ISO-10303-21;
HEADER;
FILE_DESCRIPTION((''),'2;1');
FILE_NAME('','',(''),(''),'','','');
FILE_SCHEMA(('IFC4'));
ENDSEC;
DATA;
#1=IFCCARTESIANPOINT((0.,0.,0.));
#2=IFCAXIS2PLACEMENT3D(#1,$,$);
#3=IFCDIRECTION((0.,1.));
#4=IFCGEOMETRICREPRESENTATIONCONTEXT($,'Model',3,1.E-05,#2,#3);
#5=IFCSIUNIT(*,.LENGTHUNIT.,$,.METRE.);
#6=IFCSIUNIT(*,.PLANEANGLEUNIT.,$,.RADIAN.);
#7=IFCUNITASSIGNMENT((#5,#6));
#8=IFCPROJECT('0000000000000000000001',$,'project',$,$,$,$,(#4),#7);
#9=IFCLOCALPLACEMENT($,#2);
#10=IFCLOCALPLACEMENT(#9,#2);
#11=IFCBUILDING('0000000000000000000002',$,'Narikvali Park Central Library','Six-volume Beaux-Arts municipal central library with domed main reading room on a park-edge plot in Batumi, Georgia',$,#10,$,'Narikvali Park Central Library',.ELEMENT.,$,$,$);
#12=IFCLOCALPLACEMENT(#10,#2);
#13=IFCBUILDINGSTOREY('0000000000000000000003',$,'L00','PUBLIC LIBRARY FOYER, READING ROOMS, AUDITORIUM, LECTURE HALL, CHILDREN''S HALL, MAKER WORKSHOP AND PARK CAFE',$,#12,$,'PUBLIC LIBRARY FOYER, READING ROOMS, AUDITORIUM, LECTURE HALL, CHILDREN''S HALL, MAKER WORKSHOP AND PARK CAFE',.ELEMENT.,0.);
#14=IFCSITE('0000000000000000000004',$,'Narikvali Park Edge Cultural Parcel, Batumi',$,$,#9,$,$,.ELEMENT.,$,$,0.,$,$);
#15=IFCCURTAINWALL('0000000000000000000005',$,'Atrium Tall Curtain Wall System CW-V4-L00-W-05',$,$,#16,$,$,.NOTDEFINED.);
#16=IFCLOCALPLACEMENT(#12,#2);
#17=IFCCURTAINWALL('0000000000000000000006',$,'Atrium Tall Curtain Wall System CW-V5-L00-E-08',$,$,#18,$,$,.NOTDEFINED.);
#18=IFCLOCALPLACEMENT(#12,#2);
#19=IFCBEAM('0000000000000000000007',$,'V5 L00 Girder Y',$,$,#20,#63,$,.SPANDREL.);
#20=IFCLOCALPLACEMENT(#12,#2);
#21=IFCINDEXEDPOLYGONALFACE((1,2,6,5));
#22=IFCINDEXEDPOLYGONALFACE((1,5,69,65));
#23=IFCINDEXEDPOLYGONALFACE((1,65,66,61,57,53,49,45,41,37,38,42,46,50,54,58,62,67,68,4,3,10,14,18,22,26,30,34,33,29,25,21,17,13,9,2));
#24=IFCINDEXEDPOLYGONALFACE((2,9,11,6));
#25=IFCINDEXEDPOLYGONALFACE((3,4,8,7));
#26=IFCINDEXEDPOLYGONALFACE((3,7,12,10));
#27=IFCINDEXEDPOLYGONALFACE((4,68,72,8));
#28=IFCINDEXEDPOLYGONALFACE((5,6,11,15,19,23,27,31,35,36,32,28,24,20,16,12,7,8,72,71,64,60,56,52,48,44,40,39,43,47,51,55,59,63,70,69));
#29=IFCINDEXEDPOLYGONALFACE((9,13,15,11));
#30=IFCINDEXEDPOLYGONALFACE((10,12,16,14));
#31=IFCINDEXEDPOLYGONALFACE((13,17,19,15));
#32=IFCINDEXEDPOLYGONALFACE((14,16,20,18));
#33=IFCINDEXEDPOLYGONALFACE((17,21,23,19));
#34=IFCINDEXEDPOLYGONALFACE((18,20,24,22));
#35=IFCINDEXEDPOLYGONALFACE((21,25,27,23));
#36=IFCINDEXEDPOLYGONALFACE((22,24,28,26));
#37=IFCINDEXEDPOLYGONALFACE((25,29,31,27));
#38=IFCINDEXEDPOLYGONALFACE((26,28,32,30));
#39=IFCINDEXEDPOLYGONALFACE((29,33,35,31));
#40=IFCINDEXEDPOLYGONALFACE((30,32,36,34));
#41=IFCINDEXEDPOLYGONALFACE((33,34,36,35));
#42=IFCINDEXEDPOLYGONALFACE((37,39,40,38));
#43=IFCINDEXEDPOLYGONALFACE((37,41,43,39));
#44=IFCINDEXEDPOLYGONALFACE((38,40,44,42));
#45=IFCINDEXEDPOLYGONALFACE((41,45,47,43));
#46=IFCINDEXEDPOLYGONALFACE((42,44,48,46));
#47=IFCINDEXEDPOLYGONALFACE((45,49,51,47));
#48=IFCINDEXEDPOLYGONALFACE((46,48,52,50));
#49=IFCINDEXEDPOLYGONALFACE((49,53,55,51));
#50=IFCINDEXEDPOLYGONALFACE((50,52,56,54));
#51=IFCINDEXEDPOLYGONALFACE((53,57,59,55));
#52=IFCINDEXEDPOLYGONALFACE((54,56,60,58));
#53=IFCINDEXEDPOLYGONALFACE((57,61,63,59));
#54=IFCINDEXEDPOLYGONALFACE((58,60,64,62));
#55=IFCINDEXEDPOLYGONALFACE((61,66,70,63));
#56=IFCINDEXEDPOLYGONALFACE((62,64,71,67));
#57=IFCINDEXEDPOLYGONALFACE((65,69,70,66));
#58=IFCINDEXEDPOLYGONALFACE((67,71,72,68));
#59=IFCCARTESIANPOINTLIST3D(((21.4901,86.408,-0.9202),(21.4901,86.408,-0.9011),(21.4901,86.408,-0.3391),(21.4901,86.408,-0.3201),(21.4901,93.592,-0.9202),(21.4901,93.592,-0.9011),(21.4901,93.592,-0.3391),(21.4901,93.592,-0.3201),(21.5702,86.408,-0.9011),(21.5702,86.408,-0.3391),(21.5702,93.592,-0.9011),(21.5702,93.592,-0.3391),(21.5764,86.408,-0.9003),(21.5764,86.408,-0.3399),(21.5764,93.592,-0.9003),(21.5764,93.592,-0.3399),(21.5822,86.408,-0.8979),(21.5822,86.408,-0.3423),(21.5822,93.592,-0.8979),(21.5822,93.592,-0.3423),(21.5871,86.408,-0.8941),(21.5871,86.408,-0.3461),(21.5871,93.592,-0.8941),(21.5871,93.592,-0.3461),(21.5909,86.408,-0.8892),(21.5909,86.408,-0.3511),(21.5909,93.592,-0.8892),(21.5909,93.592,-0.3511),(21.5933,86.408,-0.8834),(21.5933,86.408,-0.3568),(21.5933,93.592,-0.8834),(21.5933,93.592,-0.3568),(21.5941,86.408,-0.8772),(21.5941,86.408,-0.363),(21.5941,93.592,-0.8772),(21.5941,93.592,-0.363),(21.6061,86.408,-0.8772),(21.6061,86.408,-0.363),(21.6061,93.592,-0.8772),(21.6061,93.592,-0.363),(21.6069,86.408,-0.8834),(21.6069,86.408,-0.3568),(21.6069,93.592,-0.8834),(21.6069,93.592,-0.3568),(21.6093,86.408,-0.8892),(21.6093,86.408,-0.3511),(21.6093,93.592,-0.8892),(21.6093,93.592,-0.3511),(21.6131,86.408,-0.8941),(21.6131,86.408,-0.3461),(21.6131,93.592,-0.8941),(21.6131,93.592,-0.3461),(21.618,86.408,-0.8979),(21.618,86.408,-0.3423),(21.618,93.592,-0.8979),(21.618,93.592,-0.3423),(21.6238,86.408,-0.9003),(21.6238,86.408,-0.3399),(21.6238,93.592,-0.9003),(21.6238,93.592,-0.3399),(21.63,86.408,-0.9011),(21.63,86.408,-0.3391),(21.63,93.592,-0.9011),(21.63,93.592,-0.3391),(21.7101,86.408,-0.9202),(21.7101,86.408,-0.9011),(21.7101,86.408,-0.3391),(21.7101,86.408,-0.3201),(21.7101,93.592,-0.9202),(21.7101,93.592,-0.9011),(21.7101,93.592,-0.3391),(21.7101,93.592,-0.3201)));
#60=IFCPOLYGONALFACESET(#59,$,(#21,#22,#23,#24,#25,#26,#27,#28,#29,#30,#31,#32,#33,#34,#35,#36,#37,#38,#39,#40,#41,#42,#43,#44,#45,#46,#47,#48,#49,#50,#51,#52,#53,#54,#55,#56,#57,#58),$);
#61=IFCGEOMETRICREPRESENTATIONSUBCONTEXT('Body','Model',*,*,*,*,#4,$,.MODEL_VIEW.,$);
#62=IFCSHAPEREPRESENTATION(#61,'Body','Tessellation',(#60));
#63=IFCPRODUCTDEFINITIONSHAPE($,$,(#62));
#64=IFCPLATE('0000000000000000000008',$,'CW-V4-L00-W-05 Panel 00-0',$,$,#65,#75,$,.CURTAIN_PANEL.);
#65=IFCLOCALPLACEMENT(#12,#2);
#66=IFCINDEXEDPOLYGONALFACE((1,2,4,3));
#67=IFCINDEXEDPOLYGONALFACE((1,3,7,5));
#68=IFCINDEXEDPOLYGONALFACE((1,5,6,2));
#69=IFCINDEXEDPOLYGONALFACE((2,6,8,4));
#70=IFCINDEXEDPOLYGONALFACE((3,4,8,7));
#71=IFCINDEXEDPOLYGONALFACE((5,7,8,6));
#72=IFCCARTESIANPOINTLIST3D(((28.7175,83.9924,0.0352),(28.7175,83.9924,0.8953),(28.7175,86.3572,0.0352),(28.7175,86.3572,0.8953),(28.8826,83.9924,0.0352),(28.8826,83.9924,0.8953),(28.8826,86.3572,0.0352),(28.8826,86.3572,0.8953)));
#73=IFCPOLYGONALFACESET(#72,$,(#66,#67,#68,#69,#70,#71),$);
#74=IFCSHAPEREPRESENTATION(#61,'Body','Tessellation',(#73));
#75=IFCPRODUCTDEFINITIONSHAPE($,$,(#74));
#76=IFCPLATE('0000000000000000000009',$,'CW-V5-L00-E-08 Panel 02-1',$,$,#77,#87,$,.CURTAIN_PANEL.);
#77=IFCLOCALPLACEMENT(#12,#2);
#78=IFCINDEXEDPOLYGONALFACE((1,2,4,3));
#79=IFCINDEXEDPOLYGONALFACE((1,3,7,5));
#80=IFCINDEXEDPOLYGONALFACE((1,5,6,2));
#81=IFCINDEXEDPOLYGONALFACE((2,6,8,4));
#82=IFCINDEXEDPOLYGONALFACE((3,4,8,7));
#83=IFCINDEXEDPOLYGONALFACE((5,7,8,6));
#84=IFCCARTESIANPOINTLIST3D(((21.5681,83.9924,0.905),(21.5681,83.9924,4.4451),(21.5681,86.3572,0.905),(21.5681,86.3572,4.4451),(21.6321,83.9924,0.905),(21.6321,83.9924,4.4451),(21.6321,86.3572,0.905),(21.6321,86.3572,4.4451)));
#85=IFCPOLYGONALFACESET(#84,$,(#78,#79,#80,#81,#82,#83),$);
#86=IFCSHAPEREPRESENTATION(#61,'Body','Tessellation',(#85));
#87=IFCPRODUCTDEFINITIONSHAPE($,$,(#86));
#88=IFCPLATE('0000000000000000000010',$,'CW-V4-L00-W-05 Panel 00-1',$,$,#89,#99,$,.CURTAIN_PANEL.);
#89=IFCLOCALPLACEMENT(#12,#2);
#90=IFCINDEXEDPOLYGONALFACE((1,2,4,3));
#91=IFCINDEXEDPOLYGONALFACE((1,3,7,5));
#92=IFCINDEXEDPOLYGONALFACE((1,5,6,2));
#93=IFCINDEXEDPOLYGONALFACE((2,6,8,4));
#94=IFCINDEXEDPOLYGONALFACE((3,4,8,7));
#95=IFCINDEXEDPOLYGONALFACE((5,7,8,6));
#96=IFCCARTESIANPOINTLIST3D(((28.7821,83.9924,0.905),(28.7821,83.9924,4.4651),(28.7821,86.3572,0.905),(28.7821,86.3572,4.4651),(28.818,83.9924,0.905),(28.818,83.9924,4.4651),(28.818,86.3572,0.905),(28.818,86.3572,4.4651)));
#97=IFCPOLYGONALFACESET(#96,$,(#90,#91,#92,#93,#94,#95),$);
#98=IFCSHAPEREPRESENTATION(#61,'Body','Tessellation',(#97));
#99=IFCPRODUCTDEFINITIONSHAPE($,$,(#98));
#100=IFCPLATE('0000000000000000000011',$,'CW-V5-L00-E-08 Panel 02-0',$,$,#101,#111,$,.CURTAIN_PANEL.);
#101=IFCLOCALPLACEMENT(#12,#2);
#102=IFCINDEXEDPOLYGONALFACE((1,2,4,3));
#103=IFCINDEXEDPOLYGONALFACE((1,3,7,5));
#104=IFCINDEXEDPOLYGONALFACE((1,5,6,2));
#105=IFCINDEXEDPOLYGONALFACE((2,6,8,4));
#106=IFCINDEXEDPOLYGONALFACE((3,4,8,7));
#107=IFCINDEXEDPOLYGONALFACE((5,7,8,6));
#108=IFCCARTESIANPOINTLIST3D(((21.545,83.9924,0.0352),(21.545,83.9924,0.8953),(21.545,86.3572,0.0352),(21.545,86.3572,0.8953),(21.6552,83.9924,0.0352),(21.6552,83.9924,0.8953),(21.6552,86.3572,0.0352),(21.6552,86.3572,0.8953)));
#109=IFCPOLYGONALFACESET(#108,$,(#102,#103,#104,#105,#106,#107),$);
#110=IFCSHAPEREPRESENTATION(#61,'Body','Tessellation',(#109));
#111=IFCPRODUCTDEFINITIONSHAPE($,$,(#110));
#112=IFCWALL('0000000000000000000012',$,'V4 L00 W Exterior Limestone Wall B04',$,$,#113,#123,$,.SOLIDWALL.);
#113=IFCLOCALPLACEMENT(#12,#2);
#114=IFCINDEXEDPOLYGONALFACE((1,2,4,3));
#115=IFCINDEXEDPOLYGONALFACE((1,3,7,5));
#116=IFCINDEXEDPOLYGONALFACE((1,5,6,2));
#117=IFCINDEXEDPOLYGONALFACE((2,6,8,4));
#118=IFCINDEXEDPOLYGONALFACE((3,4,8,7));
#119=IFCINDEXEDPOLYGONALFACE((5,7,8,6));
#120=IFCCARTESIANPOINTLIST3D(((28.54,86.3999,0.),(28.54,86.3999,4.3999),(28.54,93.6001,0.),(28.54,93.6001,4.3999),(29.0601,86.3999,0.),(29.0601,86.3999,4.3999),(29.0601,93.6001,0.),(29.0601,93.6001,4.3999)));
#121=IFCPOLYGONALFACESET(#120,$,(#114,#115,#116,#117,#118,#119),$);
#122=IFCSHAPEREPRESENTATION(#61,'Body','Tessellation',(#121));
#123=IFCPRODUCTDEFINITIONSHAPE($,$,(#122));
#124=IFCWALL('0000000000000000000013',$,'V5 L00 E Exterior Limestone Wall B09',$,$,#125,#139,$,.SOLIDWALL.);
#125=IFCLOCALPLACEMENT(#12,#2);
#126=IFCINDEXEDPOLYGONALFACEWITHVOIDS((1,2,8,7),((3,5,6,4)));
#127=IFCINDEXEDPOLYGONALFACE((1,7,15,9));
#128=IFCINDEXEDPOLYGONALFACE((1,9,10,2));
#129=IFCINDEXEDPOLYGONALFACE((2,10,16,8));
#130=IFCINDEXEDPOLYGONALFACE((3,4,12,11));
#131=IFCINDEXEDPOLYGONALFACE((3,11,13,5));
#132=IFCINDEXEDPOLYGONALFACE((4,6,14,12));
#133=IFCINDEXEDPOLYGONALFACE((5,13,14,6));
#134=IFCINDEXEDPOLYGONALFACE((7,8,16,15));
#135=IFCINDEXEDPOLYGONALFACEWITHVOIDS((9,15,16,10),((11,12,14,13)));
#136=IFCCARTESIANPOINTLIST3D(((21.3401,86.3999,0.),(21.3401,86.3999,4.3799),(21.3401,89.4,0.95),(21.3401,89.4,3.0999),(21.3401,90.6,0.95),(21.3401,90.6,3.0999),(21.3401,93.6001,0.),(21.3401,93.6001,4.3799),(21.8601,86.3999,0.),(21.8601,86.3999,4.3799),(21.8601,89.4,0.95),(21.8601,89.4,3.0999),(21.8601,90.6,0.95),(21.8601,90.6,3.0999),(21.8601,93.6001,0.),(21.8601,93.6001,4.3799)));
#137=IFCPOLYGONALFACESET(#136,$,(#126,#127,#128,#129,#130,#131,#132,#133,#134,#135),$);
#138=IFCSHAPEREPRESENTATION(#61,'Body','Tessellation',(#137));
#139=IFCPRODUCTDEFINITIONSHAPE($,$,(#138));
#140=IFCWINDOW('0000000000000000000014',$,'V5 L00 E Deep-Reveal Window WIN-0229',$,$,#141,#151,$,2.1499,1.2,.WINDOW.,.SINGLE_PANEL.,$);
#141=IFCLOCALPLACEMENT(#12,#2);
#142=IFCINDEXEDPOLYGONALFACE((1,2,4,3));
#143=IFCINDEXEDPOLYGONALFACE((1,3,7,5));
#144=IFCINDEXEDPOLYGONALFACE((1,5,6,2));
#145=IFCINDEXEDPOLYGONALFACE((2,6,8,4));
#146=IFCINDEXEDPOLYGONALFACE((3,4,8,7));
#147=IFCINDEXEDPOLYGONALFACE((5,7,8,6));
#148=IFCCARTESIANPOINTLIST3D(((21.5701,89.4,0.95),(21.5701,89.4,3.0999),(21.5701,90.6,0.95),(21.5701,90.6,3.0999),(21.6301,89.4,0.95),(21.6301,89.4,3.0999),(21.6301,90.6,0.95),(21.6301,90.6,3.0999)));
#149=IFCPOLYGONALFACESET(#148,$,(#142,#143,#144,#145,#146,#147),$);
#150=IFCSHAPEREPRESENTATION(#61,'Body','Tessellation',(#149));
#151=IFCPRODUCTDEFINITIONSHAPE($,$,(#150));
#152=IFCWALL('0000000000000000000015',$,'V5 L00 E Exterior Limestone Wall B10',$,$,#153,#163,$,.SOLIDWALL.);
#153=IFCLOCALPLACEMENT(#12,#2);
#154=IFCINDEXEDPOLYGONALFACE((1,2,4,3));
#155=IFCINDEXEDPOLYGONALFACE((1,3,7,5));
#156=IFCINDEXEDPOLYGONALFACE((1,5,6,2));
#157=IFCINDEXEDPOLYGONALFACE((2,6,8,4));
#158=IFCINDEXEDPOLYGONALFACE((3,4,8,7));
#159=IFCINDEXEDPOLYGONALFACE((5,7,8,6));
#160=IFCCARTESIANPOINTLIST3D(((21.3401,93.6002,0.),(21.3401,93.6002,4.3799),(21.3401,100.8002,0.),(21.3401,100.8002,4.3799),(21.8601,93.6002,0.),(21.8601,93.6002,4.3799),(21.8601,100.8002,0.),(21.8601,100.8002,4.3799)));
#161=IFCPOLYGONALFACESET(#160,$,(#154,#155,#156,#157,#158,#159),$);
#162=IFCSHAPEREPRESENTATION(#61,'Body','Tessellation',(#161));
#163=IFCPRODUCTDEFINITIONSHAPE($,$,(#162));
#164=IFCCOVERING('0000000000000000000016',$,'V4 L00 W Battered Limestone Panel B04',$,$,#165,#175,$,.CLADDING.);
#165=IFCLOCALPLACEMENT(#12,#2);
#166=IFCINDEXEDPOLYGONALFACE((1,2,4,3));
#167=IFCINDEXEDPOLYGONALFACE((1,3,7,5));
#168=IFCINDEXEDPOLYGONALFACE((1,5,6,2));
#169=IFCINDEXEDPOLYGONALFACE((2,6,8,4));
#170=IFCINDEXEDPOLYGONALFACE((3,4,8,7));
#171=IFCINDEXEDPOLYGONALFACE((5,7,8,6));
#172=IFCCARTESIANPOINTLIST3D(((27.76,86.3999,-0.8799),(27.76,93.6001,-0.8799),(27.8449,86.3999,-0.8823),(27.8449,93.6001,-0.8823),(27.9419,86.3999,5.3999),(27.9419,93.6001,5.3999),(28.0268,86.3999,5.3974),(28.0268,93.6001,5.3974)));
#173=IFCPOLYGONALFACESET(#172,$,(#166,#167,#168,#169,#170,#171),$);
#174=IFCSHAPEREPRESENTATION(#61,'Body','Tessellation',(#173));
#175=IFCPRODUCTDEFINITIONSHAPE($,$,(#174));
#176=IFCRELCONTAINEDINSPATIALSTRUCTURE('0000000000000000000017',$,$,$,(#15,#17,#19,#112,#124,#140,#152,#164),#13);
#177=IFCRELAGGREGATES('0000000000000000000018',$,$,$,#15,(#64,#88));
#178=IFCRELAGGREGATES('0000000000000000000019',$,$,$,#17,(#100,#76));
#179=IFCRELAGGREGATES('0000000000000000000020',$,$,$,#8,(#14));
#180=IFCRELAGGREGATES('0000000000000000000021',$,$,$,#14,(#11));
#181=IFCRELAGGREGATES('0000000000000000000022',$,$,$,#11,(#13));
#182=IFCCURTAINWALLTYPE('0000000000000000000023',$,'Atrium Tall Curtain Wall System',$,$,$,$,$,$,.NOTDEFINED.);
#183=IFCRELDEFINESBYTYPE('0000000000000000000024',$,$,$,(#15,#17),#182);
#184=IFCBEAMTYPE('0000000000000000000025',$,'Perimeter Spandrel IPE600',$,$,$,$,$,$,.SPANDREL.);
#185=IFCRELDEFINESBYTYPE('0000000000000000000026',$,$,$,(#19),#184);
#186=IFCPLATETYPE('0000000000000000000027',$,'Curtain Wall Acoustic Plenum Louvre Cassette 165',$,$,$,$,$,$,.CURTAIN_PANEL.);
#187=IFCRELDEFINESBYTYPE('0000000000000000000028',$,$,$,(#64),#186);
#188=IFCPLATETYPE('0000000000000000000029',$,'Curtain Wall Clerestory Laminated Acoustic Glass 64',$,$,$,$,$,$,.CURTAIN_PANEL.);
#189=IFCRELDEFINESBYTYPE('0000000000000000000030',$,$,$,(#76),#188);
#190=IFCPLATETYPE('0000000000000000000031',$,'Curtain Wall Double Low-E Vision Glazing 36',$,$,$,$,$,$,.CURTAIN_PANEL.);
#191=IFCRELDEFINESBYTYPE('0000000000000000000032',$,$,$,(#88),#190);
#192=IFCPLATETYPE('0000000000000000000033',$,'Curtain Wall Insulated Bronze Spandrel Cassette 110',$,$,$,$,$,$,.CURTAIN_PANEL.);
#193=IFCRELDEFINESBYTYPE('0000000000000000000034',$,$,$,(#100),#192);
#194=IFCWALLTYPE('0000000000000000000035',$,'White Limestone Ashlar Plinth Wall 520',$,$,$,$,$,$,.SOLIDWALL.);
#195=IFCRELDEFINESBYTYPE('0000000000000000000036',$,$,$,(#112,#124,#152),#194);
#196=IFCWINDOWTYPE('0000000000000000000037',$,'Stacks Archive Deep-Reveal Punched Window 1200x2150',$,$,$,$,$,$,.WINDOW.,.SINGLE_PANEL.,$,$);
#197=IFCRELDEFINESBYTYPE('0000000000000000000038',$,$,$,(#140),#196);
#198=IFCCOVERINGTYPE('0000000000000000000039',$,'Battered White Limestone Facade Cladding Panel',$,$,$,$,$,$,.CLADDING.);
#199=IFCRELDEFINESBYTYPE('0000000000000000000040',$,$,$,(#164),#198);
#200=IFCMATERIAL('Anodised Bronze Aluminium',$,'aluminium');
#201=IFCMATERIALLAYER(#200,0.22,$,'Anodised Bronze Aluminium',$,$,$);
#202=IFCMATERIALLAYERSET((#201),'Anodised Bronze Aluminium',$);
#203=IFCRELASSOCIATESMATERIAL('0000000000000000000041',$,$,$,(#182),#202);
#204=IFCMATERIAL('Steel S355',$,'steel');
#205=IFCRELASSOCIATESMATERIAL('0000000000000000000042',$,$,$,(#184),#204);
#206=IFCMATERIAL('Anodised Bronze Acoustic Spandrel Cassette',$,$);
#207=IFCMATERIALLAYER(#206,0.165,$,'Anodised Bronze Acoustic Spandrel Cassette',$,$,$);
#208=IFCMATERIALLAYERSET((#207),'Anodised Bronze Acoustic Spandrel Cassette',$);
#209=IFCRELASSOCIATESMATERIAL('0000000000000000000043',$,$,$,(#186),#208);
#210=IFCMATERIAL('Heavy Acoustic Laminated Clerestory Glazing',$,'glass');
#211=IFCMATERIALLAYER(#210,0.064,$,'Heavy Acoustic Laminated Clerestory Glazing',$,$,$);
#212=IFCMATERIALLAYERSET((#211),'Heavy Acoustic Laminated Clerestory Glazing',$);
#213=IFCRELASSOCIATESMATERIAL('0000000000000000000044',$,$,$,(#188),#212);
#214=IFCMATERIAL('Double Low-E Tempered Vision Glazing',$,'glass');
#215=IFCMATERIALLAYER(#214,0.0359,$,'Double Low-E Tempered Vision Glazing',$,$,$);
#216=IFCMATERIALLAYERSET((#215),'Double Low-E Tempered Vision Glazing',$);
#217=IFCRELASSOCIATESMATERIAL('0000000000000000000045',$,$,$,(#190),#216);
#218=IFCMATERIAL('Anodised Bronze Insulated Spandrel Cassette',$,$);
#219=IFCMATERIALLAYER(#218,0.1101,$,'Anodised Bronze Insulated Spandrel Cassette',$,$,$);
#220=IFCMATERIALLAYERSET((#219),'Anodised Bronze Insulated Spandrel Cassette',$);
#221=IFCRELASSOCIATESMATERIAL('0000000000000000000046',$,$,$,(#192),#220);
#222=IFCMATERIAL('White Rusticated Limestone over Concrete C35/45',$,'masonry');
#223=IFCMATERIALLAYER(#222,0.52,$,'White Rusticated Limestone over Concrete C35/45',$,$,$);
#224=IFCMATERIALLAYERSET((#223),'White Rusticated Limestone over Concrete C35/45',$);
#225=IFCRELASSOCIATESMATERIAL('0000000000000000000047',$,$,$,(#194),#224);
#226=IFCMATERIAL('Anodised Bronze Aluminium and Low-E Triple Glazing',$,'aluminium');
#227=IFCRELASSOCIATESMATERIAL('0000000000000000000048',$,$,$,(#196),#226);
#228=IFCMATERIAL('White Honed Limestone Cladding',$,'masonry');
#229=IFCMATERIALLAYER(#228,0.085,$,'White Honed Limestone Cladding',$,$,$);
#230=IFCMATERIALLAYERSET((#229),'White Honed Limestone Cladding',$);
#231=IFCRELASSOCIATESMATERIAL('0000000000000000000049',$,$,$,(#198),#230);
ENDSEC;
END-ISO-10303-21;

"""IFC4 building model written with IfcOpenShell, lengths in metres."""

from ifc_helpers import new_model, si_unit, direction, frame, frame_2d, origin, origin_2d, place, context, subcontext, project, spatial, polyline, rectangle, i_section, outline, extrude, material, layer, layer_set, material_profile, profile_set, type_object, element, fill, aggregate, save


model = new_model("IFC4")

# Units and contexts
model_context = context("Model", 3, precision=1e-05, world=origin(), true_north=direction((0.0, 1.0)))
body_context = subcontext(model_context, "Body", "Model", "MODEL_VIEW")
ifc_project = project(units=[si_unit("LENGTHUNIT", "METRE"), si_unit("PLANEANGLEUNIT", "RADIAN")], contexts=[model_context])

# Site, building, storey
site_placement = place(None, origin())
site = spatial("IfcSite", under=ifc_project, at=site_placement, Name="Narikvali Park Edge Cultural Parcel, Batumi", CompositionType="ELEMENT", RefElevation=0.0)
building_placement = place(site_placement, origin())
building = spatial("IfcBuilding", under=site, at=building_placement, Name="Narikvali Park Central Library", Description="Six-volume Beaux-Arts municipal central library with domed main reading room on a park-edge plot in Batumi, Georgia", LongName="Narikvali Park Central Library", CompositionType="ELEMENT")
storey_placement = place(building_placement, origin())
storey = spatial("IfcBuildingStorey", under=building, at=storey_placement, Name="L00", Description="PUBLIC LIBRARY FOYER, READING ROOMS, AUDITORIUM, LECTURE HALL, CHILDREN'S HALL, MAKER WORKSHOP AND PARK CAFE", LongName="PUBLIC LIBRARY FOYER, READING ROOMS, AUDITORIUM, LECTURE HALL, CHILDREN'S HALL, MAKER WORKSHOP AND PARK CAFE", CompositionType="ELEMENT", Elevation=0.0)

# Shared definitions
ifc_material_1 = material(Name="Steel S355", Category="steel")

# Curtain walls
ifc_material_2 = material(Name="Anodised Bronze Aluminium", Category="aluminium")
ifc_layer_1 = layer(ifc_material_2, 0.22, Name="Anodised Bronze Aluminium")
ifc_layer_set_1 = layer_set([ifc_layer_1], Name="Anodised Bronze Aluminium")
curtain_wall_type = type_object("IfcCurtainWallType", Name="Atrium Tall Curtain Wall System", PredefinedType="NOTDEFINED", material=ifc_layer_set_1)
curtain_wall_1_placement = place(storey_placement, origin())
curtain_wall_1 = element("IfcCurtainWall", 1, at=curtain_wall_1_placement, inside=storey, type_object=curtain_wall_type, Name="Atrium Tall Curtain Wall System CW-V4-L00-W-05", PredefinedType="NOTDEFINED")
curtain_wall_2_placement = place(storey_placement, origin())
curtain_wall_2 = element("IfcCurtainWall", 2, at=curtain_wall_2_placement, inside=storey, type_object=curtain_wall_type, Name="Atrium Tall Curtain Wall System CW-V5-L00-E-08", PredefinedType="NOTDEFINED")

# Beam
ifc_material_profile_1 = material_profile(ifc_material_1, i_section(OverallWidth=0.22, OverallDepth=0.6001, WebThickness=0.012, FlangeThickness=0.019, FilletRadius=0.0239, at=origin_2d()), Name="IPE 600")
ifc_profile_set_1 = profile_set([ifc_material_profile_1], Name="Steel S355")
beam_type_1 = type_object("IfcBeamType", Name="Perimeter Spandrel IPE600", PredefinedType="SPANDREL", material=ifc_profile_set_1)
beam_1_placement = place(storey_placement, frame((21.6001, 86.408, -0.6201), z_axis=(0.0, 1.0, 0.0), x_axis=(-1.0, 0.0, 0.0)))
element("IfcBeam", 3, at=beam_1_placement, inside=storey, type_object=beam_type_1, Name="V5 L00 Girder Y", PredefinedType="SPANDREL", context=body_context, shape_type="SweptSolid", body=[
    extrude(i_section(OverallWidth=0.22, OverallDepth=0.6001, WebThickness=0.012, FlangeThickness=0.019, FilletRadius=0.0239, at=origin_2d()), origin(), (0.0, 0.0, 1.0), 7.1841),
])

# Plates
ifc_material_3 = material(Name="Anodised Bronze Acoustic Spandrel Cassette")
ifc_layer_2 = layer(ifc_material_3, 0.165, Name="Anodised Bronze Acoustic Spandrel Cassette")
ifc_layer_set_2 = layer_set([ifc_layer_2], Name="Anodised Bronze Acoustic Spandrel Cassette")
plate_type_1 = type_object("IfcPlateType", Name="Curtain Wall Acoustic Plenum Louvre Cassette 165", PredefinedType="CURTAIN_PANEL", material=ifc_layer_set_2)
plate_1_placement = place(storey_placement, frame((28.8, 85.1748, 0.0352), z_axis=(0.0, 0.0, 1.0), x_axis=(0.0, -1.0, 0.0)))
plate_1 = element("IfcPlate", 4, at=plate_1_placement, type_object=plate_type_1, Name="CW-V4-L00-W-05 Panel 00-0", PredefinedType="CURTAIN_PANEL", context=body_context, shape_type="SweptSolid", body=[
    extrude(rectangle(XDim=2.3647, YDim=0.165, at=origin_2d()), origin(), (0.0, 0.0, 1.0), 0.8601),
])
ifc_material_4 = material(Name="Heavy Acoustic Laminated Clerestory Glazing", Category="glass")
ifc_layer_3 = layer(ifc_material_4, 0.064, Name="Heavy Acoustic Laminated Clerestory Glazing")
ifc_layer_set_3 = layer_set([ifc_layer_3], Name="Heavy Acoustic Laminated Clerestory Glazing")
plate_type_2 = type_object("IfcPlateType", Name="Curtain Wall Clerestory Laminated Acoustic Glass 64", PredefinedType="CURTAIN_PANEL", material=ifc_layer_set_3)
plate_2_placement = place(storey_placement, frame((21.6001, 85.1748, 0.905), z_axis=(0.0, 0.0, 1.0), x_axis=(0.0, 1.0, 0.0)))
plate_2 = element("IfcPlate", 5, at=plate_2_placement, type_object=plate_type_2, Name="CW-V5-L00-E-08 Panel 02-1", PredefinedType="CURTAIN_PANEL", context=body_context, shape_type="SweptSolid", body=[
    extrude(rectangle(XDim=2.3647, YDim=0.064, at=origin_2d()), origin(), (0.0, 0.0, 1.0), 3.54),
])
ifc_material_5 = material(Name="Double Low-E Tempered Vision Glazing", Category="glass")
ifc_layer_4 = layer(ifc_material_5, 0.0359, Name="Double Low-E Tempered Vision Glazing")
ifc_layer_set_4 = layer_set([ifc_layer_4], Name="Double Low-E Tempered Vision Glazing")
plate_type_3 = type_object("IfcPlateType", Name="Curtain Wall Double Low-E Vision Glazing 36", PredefinedType="CURTAIN_PANEL", material=ifc_layer_set_4)
plate_3_placement = place(storey_placement, frame((28.8, 85.1748, 0.905), z_axis=(0.0, 0.0, 1.0), x_axis=(0.0, -1.0, 0.0)))
plate_3 = element("IfcPlate", 6, at=plate_3_placement, type_object=plate_type_3, Name="CW-V4-L00-W-05 Panel 00-1", PredefinedType="CURTAIN_PANEL", context=body_context, shape_type="SweptSolid", body=[
    extrude(rectangle(XDim=2.3647, YDim=0.0359, at=origin_2d()), origin(), (0.0, 0.0, 1.0), 3.5601),
])
aggregate(curtain_wall_1, [plate_1, plate_3])
ifc_material_6 = material(Name="Anodised Bronze Insulated Spandrel Cassette")
ifc_layer_5 = layer(ifc_material_6, 0.1101, Name="Anodised Bronze Insulated Spandrel Cassette")
ifc_layer_set_5 = layer_set([ifc_layer_5], Name="Anodised Bronze Insulated Spandrel Cassette")
plate_type_4 = type_object("IfcPlateType", Name="Curtain Wall Insulated Bronze Spandrel Cassette 110", PredefinedType="CURTAIN_PANEL", material=ifc_layer_set_5)
plate_4_placement = place(storey_placement, frame((21.6001, 85.1748, 0.0352), z_axis=(0.0, 0.0, 1.0), x_axis=(0.0, 1.0, 0.0)))
plate_4 = element("IfcPlate", 7, at=plate_4_placement, type_object=plate_type_4, Name="CW-V5-L00-E-08 Panel 02-0", PredefinedType="CURTAIN_PANEL", context=body_context, shape_type="SweptSolid", body=[
    extrude(rectangle(XDim=2.3647, YDim=0.1101, at=origin_2d()), origin(), (0.0, 0.0, 1.0), 0.8601),
])
aggregate(curtain_wall_2, [plate_4, plate_2])

# Wall
ifc_material_7 = material(Name="White Rusticated Limestone over Concrete C35/45", Category="masonry")
ifc_layer_6 = layer(ifc_material_7, 0.52, Name="White Rusticated Limestone over Concrete C35/45")
ifc_layer_set_6 = layer_set([ifc_layer_6], Name="White Rusticated Limestone over Concrete C35/45")
wall_type = type_object("IfcWallType", Name="White Limestone Ashlar Plinth Wall 520", PredefinedType="SOLIDWALL", material=ifc_layer_set_6)
wall_1_placement = place(storey_placement, frame((28.8, 93.6001, 0.0), z_axis=(0.0, 0.0, 1.0), x_axis=(0.0, -1.0, 0.0)))
element("IfcWall", 8, at=wall_1_placement, inside=storey, type_object=wall_type, Name="V4 L00 W Exterior Limestone Wall B04", PredefinedType="SOLIDWALL", context=body_context, shape_type="SweptSolid", body=[
    extrude(rectangle(XDim=7.2002, YDim=0.52, at=frame_2d((3.6001, 0.0))), origin(), (0.0, 0.0, 1.0), 4.3999),
])

# Wall, opening, window
wall_2_placement = place(storey_placement, frame((21.6001, 86.3999, 0.0), z_axis=(0.0, 0.0, 1.0), x_axis=(0.0, 1.0, 0.0)))
wall_2 = element("IfcWall", 9, at=wall_2_placement, inside=storey, type_object=wall_type, Name="V5 L00 E Exterior Limestone Wall B09", PredefinedType="SOLIDWALL", context=body_context, shape_type="SweptSolid", body=[
    extrude(rectangle(XDim=7.2002, YDim=0.52, at=frame_2d((3.6001, 0.0))), origin(), (0.0, 0.0, 1.0), 4.3799),
])
opening_placement = place(wall_2_placement, frame((3.0, 0.0, 0.95)))
opening = element("IfcOpeningElement", 10, at=opening_placement, cuts=wall_2, PredefinedType="OPENING", context=body_context, shape_type="SweptSolid", body=[
    extrude(rectangle(XDim=1.2, YDim=2.1499, at=frame_2d((0.6001, 1.075))), frame((0.0, 0.272, 0.0), z_axis=(0.0, -1.0, 0.0), x_axis=(1.0, 0.0, 0.0)), (0.0, 0.0, 1.0), 0.5439),
])
ifc_material_8 = material(Name="Anodised Bronze Aluminium and Low-E Triple Glazing", Category="aluminium")
window_type = type_object("IfcWindowType", Name="Stacks Archive Deep-Reveal Punched Window 1200x2150", PartitioningType="SINGLE_PANEL", PredefinedType="WINDOW", material=ifc_material_8)
window_placement = place(opening_placement, origin())
window = element("IfcWindow", 11, at=window_placement, inside=storey, type_object=window_type, Name="V5 L00 E Deep-Reveal Window WIN-0229", OverallHeight=2.1499, OverallWidth=1.2, PartitioningType="SINGLE_PANEL", PredefinedType="WINDOW", context=body_context, shape_type="SweptSolid", body=[
    extrude(rectangle(XDim=1.2, YDim=2.1499, at=frame_2d((0.6001, 1.075))), frame((0.0, 0.03, 0.0), z_axis=(0.0, -1.0, 0.0), x_axis=(1.0, 0.0, 0.0)), (0.0, 0.0, 1.0), 0.0601),
])
fill(opening, window)

# Wall
wall_3_placement = place(storey_placement, frame((21.6001, 93.6001, 0.0), z_axis=(0.0, 0.0, 1.0), x_axis=(0.0, 1.0, 0.0)))
element("IfcWall", 12, at=wall_3_placement, inside=storey, type_object=wall_type, Name="V5 L00 E Exterior Limestone Wall B10", PredefinedType="SOLIDWALL", context=body_context, shape_type="SweptSolid", body=[
    extrude(rectangle(XDim=7.2, YDim=0.52, at=frame_2d((3.6001, 0.0))), origin(), (0.0, 0.0, 1.0), 4.3799),
])

# Covering
ifc_material_9 = material(Name="White Honed Limestone Cladding", Category="masonry")
ifc_layer_7 = layer(ifc_material_9, 0.085, Name="White Honed Limestone Cladding")
ifc_layer_set_7 = layer_set([ifc_layer_7], Name="White Honed Limestone Cladding")
covering_type = type_object("IfcCoveringType", Name="Battered White Limestone Facade Cladding Panel", PredefinedType="CLADDING", material=ifc_layer_set_7)
covering_1_placement = place(storey_placement, frame((27.76, 93.6001, -0.8799), z_axis=(-0.999581, 0.0, 0.028951), x_axis=(0.0, -1.0, 0.0)))
element("IfcCovering", 13, at=covering_1_placement, inside=storey, type_object=covering_type, Name="V4 L00 W Battered Limestone Panel B04", PredefinedType="CLADDING", context=body_context, shape_type="SweptSolid", body=[
    extrude(outline(polyline([(0.0, 0.0), (7.2002, 0.0), (7.2002, 6.2824), (0.0, 6.2824), (0.0, 0.0)])), origin(), (0.0, 0.0, -1.0), 0.085),
])

save(model, "model.ifc")
